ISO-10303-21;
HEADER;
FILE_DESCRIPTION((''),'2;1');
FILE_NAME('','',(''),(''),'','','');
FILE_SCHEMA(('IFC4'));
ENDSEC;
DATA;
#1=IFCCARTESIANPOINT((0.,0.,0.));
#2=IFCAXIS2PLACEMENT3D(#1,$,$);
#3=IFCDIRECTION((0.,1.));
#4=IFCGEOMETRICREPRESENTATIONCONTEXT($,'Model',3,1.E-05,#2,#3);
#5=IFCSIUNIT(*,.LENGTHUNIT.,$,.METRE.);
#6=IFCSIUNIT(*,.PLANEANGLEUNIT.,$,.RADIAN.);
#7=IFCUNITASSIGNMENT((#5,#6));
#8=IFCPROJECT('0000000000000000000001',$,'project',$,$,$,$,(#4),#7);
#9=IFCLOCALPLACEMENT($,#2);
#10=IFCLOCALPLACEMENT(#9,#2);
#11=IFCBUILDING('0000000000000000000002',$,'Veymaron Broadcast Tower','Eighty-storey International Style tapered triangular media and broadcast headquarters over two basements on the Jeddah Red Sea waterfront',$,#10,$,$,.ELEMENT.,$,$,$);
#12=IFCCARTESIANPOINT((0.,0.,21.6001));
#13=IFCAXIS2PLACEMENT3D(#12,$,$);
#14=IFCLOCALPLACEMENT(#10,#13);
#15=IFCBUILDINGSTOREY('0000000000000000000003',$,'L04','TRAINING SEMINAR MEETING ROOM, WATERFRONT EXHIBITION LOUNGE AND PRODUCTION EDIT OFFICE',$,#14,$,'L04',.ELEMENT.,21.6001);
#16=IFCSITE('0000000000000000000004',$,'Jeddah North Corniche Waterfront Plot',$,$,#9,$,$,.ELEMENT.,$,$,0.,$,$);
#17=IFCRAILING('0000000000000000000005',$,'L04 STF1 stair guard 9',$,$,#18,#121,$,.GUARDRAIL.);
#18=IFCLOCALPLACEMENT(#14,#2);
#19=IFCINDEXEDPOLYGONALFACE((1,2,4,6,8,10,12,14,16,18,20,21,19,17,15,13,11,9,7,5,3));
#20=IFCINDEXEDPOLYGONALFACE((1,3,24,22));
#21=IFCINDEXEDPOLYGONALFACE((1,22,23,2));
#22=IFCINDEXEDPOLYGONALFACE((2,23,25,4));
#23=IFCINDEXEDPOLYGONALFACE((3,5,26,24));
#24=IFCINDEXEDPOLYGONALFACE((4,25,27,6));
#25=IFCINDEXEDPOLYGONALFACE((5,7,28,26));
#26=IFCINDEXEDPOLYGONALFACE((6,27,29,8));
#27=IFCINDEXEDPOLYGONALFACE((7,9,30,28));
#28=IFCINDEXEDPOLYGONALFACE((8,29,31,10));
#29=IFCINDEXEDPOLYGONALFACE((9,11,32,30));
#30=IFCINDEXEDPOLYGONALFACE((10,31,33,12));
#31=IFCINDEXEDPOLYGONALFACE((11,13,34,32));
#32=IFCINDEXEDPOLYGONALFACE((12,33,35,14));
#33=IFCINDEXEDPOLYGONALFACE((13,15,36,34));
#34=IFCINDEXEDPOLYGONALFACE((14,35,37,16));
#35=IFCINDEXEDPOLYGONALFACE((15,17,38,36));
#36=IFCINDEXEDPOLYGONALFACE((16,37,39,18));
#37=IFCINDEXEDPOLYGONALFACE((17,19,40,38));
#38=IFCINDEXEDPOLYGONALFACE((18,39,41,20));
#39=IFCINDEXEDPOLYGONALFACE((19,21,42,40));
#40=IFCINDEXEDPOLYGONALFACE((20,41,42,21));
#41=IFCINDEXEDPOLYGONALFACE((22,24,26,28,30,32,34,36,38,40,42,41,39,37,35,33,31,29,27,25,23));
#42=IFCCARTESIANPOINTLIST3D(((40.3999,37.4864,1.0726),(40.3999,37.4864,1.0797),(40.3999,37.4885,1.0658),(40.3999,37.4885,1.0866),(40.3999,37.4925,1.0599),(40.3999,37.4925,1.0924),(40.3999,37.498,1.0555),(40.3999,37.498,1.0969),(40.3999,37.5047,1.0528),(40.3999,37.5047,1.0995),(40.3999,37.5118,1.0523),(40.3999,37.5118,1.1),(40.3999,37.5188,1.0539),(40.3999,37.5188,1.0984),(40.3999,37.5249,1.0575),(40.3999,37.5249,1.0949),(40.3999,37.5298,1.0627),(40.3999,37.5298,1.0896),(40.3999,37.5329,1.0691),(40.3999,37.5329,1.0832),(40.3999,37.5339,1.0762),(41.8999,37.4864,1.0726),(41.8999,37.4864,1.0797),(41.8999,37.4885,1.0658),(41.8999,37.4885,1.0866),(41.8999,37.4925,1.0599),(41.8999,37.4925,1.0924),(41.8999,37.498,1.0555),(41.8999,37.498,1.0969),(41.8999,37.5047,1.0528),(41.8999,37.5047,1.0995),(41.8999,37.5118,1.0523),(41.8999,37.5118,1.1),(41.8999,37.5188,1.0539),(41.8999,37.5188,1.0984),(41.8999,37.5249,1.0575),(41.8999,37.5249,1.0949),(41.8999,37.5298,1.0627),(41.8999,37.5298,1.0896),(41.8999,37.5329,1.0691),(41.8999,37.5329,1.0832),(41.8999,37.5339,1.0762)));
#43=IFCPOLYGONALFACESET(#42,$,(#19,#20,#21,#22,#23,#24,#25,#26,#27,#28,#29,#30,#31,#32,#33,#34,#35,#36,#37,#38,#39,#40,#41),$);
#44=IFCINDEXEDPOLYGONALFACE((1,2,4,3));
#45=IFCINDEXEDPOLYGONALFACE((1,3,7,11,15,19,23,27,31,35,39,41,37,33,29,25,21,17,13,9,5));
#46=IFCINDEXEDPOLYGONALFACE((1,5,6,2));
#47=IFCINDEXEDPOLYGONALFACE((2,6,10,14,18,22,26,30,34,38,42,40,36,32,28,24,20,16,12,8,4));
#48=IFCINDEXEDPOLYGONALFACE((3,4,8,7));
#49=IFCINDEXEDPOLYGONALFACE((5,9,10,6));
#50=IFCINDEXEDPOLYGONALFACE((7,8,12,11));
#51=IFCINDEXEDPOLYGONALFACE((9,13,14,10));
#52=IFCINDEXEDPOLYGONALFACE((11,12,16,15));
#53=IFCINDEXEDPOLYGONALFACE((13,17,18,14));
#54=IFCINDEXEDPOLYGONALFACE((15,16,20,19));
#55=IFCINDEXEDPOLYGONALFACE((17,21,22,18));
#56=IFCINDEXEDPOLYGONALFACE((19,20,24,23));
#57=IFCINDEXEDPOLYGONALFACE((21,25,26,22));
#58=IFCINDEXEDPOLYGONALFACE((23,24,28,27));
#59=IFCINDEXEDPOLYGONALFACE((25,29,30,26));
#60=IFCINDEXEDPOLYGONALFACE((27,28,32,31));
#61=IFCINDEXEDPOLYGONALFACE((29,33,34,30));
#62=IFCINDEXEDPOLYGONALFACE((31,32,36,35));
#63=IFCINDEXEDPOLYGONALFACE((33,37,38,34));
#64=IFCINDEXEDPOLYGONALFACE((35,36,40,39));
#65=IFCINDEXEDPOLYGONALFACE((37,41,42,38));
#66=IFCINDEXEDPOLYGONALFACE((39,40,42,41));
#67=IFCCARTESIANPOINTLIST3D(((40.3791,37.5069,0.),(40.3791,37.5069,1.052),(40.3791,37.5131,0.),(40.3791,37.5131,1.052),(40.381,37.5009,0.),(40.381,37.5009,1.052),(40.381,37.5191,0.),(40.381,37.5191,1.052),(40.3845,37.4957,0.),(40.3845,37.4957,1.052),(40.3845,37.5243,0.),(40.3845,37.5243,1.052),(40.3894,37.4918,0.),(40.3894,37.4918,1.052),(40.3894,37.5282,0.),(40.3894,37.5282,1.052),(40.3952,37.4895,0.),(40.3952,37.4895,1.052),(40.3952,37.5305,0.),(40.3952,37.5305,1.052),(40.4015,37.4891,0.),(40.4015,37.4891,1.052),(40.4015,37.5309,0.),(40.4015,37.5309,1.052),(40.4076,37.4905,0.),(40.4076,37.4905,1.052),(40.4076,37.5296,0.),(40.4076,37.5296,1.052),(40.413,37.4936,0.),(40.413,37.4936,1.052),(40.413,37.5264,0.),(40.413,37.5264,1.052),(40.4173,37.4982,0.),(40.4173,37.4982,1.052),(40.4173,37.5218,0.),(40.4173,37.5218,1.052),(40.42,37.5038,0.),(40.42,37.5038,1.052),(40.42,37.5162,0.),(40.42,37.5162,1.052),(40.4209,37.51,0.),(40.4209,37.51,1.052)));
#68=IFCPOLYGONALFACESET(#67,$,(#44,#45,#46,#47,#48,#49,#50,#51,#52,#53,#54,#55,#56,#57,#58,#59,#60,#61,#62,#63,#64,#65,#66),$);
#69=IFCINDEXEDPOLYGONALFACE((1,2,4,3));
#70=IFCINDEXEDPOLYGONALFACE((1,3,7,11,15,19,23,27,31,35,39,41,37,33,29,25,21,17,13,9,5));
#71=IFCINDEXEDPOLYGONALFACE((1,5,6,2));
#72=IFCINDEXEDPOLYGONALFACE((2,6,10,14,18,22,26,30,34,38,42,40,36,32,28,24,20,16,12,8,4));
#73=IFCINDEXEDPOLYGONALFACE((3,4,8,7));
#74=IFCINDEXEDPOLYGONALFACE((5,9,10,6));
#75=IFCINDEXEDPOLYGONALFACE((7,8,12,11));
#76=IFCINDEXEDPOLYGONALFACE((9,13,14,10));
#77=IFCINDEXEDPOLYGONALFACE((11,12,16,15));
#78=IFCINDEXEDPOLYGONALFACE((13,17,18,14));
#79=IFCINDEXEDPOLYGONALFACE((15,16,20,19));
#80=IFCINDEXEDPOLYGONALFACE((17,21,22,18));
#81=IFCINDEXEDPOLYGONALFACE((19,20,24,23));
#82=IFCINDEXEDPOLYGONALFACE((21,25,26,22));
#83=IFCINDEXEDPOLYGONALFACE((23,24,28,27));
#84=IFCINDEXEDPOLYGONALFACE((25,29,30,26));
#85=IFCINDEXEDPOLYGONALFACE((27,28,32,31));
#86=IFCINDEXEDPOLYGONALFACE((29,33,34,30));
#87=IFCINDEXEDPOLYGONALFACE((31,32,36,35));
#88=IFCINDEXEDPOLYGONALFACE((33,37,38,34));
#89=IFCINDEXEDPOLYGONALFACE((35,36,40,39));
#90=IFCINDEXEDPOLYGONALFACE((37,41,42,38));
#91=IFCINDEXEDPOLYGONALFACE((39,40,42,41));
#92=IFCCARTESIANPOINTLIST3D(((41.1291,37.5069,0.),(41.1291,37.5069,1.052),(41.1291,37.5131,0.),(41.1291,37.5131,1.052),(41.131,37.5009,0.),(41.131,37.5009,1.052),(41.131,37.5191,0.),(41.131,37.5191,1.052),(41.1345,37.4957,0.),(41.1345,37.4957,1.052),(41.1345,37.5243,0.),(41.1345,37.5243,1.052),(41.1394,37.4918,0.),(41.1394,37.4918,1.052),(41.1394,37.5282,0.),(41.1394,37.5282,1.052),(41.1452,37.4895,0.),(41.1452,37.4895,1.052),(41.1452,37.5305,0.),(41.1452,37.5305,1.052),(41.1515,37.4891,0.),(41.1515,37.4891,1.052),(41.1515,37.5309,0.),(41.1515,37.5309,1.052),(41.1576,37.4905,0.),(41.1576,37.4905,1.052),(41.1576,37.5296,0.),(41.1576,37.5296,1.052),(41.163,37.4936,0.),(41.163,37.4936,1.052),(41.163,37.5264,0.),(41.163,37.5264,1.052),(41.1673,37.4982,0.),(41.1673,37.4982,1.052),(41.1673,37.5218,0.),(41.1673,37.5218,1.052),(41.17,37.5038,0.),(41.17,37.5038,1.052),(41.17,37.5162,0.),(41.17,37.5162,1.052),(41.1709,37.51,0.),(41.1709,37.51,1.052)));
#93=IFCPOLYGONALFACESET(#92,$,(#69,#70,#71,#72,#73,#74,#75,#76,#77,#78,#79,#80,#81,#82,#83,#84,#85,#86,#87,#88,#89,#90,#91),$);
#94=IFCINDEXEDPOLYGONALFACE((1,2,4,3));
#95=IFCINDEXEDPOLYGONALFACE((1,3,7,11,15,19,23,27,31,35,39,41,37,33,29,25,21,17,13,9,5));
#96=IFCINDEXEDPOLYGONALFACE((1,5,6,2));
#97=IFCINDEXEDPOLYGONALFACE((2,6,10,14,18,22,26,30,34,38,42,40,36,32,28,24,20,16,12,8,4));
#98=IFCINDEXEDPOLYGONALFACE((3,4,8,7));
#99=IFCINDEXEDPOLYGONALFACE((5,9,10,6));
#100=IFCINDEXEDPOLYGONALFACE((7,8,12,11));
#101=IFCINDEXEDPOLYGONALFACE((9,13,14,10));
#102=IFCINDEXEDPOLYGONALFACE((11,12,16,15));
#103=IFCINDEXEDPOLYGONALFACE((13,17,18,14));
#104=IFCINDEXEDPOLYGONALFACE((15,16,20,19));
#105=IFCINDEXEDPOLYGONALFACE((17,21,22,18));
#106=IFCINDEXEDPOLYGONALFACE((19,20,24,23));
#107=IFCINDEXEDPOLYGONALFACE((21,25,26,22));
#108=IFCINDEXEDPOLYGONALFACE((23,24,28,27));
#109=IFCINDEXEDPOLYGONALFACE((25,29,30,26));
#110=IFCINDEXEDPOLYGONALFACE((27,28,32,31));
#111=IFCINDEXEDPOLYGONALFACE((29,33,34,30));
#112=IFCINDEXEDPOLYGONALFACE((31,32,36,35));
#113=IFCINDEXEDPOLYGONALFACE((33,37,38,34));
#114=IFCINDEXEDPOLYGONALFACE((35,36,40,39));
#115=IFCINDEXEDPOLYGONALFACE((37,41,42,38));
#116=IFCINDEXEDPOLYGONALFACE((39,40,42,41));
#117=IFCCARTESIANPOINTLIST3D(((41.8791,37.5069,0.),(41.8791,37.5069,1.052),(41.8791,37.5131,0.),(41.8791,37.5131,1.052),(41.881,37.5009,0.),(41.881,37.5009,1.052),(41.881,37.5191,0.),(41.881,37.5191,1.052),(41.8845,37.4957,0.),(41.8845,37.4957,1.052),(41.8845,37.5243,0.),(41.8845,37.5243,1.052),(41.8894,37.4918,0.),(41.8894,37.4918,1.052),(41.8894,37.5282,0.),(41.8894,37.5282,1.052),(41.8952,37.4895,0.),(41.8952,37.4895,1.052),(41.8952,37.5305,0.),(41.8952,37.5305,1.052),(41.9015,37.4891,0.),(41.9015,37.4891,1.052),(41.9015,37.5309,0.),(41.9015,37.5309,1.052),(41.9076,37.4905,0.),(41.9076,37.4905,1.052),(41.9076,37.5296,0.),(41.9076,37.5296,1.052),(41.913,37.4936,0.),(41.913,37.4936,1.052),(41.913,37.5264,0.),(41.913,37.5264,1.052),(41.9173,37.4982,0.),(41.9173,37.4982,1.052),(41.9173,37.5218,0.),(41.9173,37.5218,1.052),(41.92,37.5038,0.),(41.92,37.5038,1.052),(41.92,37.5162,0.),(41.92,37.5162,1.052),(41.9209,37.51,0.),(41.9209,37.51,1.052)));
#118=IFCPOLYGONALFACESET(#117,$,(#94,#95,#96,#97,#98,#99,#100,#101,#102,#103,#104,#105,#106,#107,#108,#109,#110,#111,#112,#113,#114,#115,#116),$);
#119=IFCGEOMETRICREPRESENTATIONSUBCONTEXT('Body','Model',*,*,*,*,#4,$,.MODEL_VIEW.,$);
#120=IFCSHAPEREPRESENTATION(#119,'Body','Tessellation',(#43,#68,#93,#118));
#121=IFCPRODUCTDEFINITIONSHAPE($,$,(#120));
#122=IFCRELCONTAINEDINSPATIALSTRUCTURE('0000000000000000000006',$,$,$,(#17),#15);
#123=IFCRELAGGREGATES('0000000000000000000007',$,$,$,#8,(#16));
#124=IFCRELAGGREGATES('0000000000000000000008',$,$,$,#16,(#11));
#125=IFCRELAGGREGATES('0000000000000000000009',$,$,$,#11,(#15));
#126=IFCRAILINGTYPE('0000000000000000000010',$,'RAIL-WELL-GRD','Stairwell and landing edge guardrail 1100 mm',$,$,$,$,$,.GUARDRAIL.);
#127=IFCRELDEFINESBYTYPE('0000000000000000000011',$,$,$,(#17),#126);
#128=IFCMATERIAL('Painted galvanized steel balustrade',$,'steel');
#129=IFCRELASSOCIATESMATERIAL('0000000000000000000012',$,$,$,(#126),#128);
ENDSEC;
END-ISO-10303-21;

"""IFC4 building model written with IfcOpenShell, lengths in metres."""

from ifc_helpers import new_model, si_unit, direction, frame, origin, origin_2d, place, context, subcontext, project, spatial, circle, extrude, material, type_object, element, save


model = new_model("IFC4")

# Units and contexts
model_context = context("Model", 3, precision=1e-05, world=origin(), true_north=direction((0.0, 1.0)))
body_context = subcontext(model_context, "Body", "Model", "MODEL_VIEW")
ifc_project = project(units=[si_unit("LENGTHUNIT", "METRE"), si_unit("PLANEANGLEUNIT", "RADIAN")], contexts=[model_context])

# Site, building, storey
site_placement = place(None, origin())
site = spatial("IfcSite", under=ifc_project, at=site_placement, Name="Jeddah North Corniche Waterfront Plot", CompositionType="ELEMENT", RefElevation=0.0)
building_placement = place(site_placement, origin())
building = spatial("IfcBuilding", under=site, at=building_placement, Name="Veymaron Broadcast Tower", Description="Eighty-storey International Style tapered triangular media and broadcast headquarters over two basements on the Jeddah Red Sea waterfront", CompositionType="ELEMENT")
storey_placement = place(building_placement, frame((0.0, 0.0, 21.6001)))
storey = spatial("IfcBuildingStorey", under=building, at=storey_placement, Name="L04", Description="TRAINING SEMINAR MEETING ROOM, WATERFRONT EXHIBITION LOUNGE AND PRODUCTION EDIT OFFICE", LongName="L04", CompositionType="ELEMENT", Elevation=21.6001)

# Railing
ifc_material_1 = material(Name="Painted galvanized steel balustrade", Category="steel")
railing_type_1 = type_object("IfcRailingType", Name="RAIL-WELL-GRD", Description="Stairwell and landing edge guardrail 1100 mm", PredefinedType="GUARDRAIL", material=ifc_material_1)
railing_1_placement = place(storey_placement, frame((40.3999, 37.51, 0.0)))
element("IfcRailing", 1, at=railing_1_placement, inside=storey, type_object=railing_type_1, Name="L04 STF1 stair guard 9", PredefinedType="GUARDRAIL", context=body_context, shape_type="SweptSolid", body=[
    extrude(circle(Radius=0.0239, at=origin_2d()), frame((0.0, 0.0, 1.0762), z_axis=(1.0, 0.0, 0.0), x_axis=(0.0, 1.0, 0.0)), (0.0, 0.0, 1.0), 1.5),
    extrude(circle(Radius=0.021, at=origin_2d()), origin(), (0.0, 0.0, 1.0), 1.052),
    extrude(circle(Radius=0.021, at=origin_2d()), frame((0.75, 0.0, 0.0)), (0.0, 0.0, 1.0), 1.052),
    extrude(circle(Radius=0.021, at=origin_2d()), frame((1.5, 0.0, 0.0)), (0.0, 0.0, 1.0), 1.052),
])

save(model, "model.ifc")
